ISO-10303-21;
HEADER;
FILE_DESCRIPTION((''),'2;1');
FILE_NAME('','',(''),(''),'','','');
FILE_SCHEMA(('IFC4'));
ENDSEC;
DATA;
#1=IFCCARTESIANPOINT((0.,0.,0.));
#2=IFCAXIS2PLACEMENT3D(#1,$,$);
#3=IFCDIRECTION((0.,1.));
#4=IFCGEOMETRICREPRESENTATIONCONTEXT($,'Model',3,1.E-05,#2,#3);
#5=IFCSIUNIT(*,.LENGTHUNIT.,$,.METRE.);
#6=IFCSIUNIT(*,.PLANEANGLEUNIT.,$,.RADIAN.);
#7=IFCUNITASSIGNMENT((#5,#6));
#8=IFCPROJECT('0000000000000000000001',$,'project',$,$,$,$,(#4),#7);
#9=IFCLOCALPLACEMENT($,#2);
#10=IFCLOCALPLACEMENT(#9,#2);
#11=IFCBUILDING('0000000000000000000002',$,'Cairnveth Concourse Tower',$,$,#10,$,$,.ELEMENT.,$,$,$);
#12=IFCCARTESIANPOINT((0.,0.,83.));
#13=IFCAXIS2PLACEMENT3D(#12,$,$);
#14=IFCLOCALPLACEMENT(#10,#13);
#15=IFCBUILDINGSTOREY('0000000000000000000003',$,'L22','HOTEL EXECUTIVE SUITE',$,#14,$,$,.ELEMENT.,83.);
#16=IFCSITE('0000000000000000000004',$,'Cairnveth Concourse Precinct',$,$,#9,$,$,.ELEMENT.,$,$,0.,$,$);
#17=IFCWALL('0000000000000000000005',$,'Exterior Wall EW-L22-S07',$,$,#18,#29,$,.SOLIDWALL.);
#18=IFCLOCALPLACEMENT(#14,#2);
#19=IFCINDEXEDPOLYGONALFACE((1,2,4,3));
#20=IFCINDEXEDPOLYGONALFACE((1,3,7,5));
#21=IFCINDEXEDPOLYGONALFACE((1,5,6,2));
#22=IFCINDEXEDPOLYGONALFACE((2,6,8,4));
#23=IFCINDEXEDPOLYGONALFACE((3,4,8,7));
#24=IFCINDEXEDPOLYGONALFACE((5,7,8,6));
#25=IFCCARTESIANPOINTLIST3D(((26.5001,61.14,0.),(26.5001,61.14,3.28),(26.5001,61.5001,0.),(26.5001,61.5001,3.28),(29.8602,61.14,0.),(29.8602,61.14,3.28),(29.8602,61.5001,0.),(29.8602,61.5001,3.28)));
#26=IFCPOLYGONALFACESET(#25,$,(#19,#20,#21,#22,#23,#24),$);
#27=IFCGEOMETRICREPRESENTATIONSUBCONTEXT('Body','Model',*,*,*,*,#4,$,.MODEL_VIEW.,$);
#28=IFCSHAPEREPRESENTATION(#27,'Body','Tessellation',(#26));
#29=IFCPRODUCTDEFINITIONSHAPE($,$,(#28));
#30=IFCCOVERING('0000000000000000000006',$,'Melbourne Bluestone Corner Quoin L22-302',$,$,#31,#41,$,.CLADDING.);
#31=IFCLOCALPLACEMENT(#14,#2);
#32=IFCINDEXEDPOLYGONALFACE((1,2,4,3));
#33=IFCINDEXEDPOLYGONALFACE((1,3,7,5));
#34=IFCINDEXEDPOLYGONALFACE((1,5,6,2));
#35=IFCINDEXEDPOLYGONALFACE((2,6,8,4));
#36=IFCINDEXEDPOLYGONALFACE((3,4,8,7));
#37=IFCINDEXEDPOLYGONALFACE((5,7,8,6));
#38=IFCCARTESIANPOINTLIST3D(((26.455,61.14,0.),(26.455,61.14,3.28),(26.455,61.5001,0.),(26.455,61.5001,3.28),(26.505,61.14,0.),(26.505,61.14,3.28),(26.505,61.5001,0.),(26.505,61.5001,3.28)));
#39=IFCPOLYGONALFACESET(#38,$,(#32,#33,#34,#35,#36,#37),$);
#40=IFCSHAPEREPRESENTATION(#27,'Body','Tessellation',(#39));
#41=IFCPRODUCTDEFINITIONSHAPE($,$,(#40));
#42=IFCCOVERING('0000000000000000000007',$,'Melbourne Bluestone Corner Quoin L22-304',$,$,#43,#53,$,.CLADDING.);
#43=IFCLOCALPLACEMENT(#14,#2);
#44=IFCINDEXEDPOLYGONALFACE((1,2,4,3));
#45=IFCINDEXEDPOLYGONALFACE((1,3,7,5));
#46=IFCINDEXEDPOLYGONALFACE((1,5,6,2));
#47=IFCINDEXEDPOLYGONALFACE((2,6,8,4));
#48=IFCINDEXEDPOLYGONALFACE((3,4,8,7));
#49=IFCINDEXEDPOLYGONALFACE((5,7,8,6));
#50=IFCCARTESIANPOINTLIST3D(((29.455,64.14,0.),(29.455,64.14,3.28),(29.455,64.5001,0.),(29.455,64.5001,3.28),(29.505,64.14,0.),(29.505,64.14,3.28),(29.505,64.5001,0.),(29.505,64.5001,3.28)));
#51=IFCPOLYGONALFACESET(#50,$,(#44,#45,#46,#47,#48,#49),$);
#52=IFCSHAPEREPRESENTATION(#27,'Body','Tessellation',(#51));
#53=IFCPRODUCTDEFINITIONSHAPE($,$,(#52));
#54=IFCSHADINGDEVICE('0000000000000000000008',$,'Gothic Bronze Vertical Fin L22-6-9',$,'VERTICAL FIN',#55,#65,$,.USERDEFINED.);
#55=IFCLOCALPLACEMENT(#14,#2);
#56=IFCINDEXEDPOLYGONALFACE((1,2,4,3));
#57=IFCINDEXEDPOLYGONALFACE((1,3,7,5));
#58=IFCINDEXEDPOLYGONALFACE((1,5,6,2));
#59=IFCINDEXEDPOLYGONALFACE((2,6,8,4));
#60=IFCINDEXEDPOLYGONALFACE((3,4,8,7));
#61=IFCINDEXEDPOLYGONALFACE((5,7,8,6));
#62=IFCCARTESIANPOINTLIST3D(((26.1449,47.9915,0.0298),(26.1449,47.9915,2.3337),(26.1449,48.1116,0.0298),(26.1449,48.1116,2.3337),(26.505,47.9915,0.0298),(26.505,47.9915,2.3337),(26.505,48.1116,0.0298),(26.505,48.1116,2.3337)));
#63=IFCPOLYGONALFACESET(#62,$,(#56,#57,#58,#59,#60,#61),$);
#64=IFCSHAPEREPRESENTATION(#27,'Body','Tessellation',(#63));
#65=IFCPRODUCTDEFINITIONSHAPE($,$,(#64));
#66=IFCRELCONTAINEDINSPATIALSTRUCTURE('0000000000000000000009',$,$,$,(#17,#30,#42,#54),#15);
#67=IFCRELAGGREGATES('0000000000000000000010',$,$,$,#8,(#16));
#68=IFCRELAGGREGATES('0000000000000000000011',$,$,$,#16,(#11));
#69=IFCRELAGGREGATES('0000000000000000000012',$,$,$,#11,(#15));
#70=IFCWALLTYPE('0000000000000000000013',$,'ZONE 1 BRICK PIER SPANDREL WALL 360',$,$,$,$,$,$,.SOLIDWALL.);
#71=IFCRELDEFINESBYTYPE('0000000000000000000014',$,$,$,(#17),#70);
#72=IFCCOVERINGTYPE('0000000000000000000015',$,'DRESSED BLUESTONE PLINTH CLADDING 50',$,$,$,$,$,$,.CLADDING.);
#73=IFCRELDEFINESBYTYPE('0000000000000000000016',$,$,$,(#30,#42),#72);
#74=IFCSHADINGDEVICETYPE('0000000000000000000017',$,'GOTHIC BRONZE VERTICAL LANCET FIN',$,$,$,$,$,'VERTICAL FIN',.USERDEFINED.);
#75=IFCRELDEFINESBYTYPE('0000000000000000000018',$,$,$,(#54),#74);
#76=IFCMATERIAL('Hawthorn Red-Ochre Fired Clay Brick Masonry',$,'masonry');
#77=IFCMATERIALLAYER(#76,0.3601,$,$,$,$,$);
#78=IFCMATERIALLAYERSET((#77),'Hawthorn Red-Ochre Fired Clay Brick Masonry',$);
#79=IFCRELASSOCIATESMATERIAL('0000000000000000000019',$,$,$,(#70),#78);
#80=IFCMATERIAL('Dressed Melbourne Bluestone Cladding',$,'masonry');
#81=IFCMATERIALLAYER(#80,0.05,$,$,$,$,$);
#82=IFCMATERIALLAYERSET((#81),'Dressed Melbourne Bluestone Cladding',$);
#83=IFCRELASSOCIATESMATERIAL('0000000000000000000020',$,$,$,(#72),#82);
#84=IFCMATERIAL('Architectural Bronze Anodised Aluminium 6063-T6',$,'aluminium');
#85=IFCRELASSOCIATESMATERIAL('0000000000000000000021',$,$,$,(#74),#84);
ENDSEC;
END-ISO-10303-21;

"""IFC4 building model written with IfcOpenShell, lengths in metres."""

from ifc_helpers import new_model, si_unit, direction, frame, frame_2d, origin, origin_2d, place, context, subcontext, project, spatial, rectangle, extrude, material, layer, layer_set, type_object, element, save


model = new_model("IFC4")

# Units and contexts
model_context = context("Model", 3, precision=1e-05, world=origin(), true_north=direction((0.0, 1.0)))
body_context = subcontext(model_context, "Body", "Model", "MODEL_VIEW")
ifc_project = project(units=[si_unit("LENGTHUNIT", "METRE"), si_unit("PLANEANGLEUNIT", "RADIAN")], contexts=[model_context])

# Site, building, storey
site_placement = place(None, origin())
site = spatial("IfcSite", under=ifc_project, at=site_placement, Name="Cairnveth Concourse Precinct", CompositionType="ELEMENT", RefElevation=0.0)
building_placement = place(site_placement, origin())
building = spatial("IfcBuilding", under=site, at=building_placement, Name="Cairnveth Concourse Tower", CompositionType="ELEMENT")
storey_placement = place(building_placement, frame((0.0, 0.0, 83.0)))
storey = spatial("IfcBuildingStorey", under=building, at=storey_placement, Name="L22", Description="HOTEL EXECUTIVE SUITE", CompositionType="ELEMENT", Elevation=83.0)

# Wall
ifc_material_1 = material(Name="Hawthorn Red-Ochre Fired Clay Brick Masonry", Category="masonry")
ifc_layer_1 = layer(ifc_material_1, 0.3601)
ifc_layer_set_1 = layer_set([ifc_layer_1], Name="Hawthorn Red-Ochre Fired Clay Brick Masonry")
wall_type_1 = type_object("IfcWallType", Name="ZONE 1 BRICK PIER SPANDREL WALL 360", PredefinedType="SOLIDWALL", material=ifc_layer_set_1)
wall_1_placement = place(storey_placement, frame((26.5, 61.3201, 0.0), z_axis=(0.0, 0.0, 1.0), x_axis=(1.0, 0.0, 0.0)))
element("IfcWall", 1, at=wall_1_placement, inside=storey, type_object=wall_type_1, Name="Exterior Wall EW-L22-S07", PredefinedType="SOLIDWALL", context=body_context, shape_type="SweptSolid", body=[
    extrude(rectangle(XDim=3.3601, YDim=0.3601, at=frame_2d((1.6802, 0.0))), origin(), (0.0, 0.0, 1.0), 3.28),
])

# Coverings
ifc_material_2 = material(Name="Dressed Melbourne Bluestone Cladding", Category="masonry")
ifc_layer_2 = layer(ifc_material_2, 0.05)
ifc_layer_set_2 = layer_set([ifc_layer_2], Name="Dressed Melbourne Bluestone Cladding")
covering_type = type_object("IfcCoveringType", Name="DRESSED BLUESTONE PLINTH CLADDING 50", PredefinedType="CLADDING", material=ifc_layer_set_2)
for number, where, z_axis, x_axis, name in (
    (2, (26.48, 61.1399, 0.0), (0.0, 0.0, 1.0), (0.0, 1.0, 0.0), "Melbourne Bluestone Corner Quoin L22-302"),
    (3, (29.48, 64.1399, 0.0), (0.0, 0.0, 1.0), (0.0, 1.0, 0.0), "Melbourne Bluestone Corner Quoin L22-304"),
):
    element("IfcCovering", number, at=place(storey_placement, frame(where, z_axis=z_axis, x_axis=x_axis)), inside=storey, type_object=covering_type, Name=name, PredefinedType="CLADDING", context=body_context, shape_type="SweptSolid", body=[
        extrude(rectangle(XDim=0.3601, YDim=0.05, at=frame_2d((0.1802, 0.0))), origin(), (0.0, 0.0, 1.0), 3.28),
    ])

# Shading device
ifc_material_3 = material(Name="Architectural Bronze Anodised Aluminium 6063-T6", Category="aluminium")
shading_device_type = type_object("IfcShadingDeviceType", Name="GOTHIC BRONZE VERTICAL LANCET FIN", ElementType="VERTICAL FIN", PredefinedType="USERDEFINED", material=ifc_material_3)
shading_device_placement = place(storey_placement, frame((26.325, 48.0515, 0.0298), z_axis=(0.0, 0.0, 1.0), x_axis=(0.0, 1.0, 0.0)))
element("IfcShadingDevice", 4, at=shading_device_placement, inside=storey, type_object=shading_device_type, Name="Gothic Bronze Vertical Fin L22-6-9", ObjectType="VERTICAL FIN", PredefinedType="USERDEFINED", context=body_context, shape_type="SweptSolid", body=[
    extrude(rectangle(XDim=0.1201, YDim=0.3601, at=origin_2d()), origin(), (0.0, 0.0, 1.0), 2.304),
])

save(model, "model.ifc")
